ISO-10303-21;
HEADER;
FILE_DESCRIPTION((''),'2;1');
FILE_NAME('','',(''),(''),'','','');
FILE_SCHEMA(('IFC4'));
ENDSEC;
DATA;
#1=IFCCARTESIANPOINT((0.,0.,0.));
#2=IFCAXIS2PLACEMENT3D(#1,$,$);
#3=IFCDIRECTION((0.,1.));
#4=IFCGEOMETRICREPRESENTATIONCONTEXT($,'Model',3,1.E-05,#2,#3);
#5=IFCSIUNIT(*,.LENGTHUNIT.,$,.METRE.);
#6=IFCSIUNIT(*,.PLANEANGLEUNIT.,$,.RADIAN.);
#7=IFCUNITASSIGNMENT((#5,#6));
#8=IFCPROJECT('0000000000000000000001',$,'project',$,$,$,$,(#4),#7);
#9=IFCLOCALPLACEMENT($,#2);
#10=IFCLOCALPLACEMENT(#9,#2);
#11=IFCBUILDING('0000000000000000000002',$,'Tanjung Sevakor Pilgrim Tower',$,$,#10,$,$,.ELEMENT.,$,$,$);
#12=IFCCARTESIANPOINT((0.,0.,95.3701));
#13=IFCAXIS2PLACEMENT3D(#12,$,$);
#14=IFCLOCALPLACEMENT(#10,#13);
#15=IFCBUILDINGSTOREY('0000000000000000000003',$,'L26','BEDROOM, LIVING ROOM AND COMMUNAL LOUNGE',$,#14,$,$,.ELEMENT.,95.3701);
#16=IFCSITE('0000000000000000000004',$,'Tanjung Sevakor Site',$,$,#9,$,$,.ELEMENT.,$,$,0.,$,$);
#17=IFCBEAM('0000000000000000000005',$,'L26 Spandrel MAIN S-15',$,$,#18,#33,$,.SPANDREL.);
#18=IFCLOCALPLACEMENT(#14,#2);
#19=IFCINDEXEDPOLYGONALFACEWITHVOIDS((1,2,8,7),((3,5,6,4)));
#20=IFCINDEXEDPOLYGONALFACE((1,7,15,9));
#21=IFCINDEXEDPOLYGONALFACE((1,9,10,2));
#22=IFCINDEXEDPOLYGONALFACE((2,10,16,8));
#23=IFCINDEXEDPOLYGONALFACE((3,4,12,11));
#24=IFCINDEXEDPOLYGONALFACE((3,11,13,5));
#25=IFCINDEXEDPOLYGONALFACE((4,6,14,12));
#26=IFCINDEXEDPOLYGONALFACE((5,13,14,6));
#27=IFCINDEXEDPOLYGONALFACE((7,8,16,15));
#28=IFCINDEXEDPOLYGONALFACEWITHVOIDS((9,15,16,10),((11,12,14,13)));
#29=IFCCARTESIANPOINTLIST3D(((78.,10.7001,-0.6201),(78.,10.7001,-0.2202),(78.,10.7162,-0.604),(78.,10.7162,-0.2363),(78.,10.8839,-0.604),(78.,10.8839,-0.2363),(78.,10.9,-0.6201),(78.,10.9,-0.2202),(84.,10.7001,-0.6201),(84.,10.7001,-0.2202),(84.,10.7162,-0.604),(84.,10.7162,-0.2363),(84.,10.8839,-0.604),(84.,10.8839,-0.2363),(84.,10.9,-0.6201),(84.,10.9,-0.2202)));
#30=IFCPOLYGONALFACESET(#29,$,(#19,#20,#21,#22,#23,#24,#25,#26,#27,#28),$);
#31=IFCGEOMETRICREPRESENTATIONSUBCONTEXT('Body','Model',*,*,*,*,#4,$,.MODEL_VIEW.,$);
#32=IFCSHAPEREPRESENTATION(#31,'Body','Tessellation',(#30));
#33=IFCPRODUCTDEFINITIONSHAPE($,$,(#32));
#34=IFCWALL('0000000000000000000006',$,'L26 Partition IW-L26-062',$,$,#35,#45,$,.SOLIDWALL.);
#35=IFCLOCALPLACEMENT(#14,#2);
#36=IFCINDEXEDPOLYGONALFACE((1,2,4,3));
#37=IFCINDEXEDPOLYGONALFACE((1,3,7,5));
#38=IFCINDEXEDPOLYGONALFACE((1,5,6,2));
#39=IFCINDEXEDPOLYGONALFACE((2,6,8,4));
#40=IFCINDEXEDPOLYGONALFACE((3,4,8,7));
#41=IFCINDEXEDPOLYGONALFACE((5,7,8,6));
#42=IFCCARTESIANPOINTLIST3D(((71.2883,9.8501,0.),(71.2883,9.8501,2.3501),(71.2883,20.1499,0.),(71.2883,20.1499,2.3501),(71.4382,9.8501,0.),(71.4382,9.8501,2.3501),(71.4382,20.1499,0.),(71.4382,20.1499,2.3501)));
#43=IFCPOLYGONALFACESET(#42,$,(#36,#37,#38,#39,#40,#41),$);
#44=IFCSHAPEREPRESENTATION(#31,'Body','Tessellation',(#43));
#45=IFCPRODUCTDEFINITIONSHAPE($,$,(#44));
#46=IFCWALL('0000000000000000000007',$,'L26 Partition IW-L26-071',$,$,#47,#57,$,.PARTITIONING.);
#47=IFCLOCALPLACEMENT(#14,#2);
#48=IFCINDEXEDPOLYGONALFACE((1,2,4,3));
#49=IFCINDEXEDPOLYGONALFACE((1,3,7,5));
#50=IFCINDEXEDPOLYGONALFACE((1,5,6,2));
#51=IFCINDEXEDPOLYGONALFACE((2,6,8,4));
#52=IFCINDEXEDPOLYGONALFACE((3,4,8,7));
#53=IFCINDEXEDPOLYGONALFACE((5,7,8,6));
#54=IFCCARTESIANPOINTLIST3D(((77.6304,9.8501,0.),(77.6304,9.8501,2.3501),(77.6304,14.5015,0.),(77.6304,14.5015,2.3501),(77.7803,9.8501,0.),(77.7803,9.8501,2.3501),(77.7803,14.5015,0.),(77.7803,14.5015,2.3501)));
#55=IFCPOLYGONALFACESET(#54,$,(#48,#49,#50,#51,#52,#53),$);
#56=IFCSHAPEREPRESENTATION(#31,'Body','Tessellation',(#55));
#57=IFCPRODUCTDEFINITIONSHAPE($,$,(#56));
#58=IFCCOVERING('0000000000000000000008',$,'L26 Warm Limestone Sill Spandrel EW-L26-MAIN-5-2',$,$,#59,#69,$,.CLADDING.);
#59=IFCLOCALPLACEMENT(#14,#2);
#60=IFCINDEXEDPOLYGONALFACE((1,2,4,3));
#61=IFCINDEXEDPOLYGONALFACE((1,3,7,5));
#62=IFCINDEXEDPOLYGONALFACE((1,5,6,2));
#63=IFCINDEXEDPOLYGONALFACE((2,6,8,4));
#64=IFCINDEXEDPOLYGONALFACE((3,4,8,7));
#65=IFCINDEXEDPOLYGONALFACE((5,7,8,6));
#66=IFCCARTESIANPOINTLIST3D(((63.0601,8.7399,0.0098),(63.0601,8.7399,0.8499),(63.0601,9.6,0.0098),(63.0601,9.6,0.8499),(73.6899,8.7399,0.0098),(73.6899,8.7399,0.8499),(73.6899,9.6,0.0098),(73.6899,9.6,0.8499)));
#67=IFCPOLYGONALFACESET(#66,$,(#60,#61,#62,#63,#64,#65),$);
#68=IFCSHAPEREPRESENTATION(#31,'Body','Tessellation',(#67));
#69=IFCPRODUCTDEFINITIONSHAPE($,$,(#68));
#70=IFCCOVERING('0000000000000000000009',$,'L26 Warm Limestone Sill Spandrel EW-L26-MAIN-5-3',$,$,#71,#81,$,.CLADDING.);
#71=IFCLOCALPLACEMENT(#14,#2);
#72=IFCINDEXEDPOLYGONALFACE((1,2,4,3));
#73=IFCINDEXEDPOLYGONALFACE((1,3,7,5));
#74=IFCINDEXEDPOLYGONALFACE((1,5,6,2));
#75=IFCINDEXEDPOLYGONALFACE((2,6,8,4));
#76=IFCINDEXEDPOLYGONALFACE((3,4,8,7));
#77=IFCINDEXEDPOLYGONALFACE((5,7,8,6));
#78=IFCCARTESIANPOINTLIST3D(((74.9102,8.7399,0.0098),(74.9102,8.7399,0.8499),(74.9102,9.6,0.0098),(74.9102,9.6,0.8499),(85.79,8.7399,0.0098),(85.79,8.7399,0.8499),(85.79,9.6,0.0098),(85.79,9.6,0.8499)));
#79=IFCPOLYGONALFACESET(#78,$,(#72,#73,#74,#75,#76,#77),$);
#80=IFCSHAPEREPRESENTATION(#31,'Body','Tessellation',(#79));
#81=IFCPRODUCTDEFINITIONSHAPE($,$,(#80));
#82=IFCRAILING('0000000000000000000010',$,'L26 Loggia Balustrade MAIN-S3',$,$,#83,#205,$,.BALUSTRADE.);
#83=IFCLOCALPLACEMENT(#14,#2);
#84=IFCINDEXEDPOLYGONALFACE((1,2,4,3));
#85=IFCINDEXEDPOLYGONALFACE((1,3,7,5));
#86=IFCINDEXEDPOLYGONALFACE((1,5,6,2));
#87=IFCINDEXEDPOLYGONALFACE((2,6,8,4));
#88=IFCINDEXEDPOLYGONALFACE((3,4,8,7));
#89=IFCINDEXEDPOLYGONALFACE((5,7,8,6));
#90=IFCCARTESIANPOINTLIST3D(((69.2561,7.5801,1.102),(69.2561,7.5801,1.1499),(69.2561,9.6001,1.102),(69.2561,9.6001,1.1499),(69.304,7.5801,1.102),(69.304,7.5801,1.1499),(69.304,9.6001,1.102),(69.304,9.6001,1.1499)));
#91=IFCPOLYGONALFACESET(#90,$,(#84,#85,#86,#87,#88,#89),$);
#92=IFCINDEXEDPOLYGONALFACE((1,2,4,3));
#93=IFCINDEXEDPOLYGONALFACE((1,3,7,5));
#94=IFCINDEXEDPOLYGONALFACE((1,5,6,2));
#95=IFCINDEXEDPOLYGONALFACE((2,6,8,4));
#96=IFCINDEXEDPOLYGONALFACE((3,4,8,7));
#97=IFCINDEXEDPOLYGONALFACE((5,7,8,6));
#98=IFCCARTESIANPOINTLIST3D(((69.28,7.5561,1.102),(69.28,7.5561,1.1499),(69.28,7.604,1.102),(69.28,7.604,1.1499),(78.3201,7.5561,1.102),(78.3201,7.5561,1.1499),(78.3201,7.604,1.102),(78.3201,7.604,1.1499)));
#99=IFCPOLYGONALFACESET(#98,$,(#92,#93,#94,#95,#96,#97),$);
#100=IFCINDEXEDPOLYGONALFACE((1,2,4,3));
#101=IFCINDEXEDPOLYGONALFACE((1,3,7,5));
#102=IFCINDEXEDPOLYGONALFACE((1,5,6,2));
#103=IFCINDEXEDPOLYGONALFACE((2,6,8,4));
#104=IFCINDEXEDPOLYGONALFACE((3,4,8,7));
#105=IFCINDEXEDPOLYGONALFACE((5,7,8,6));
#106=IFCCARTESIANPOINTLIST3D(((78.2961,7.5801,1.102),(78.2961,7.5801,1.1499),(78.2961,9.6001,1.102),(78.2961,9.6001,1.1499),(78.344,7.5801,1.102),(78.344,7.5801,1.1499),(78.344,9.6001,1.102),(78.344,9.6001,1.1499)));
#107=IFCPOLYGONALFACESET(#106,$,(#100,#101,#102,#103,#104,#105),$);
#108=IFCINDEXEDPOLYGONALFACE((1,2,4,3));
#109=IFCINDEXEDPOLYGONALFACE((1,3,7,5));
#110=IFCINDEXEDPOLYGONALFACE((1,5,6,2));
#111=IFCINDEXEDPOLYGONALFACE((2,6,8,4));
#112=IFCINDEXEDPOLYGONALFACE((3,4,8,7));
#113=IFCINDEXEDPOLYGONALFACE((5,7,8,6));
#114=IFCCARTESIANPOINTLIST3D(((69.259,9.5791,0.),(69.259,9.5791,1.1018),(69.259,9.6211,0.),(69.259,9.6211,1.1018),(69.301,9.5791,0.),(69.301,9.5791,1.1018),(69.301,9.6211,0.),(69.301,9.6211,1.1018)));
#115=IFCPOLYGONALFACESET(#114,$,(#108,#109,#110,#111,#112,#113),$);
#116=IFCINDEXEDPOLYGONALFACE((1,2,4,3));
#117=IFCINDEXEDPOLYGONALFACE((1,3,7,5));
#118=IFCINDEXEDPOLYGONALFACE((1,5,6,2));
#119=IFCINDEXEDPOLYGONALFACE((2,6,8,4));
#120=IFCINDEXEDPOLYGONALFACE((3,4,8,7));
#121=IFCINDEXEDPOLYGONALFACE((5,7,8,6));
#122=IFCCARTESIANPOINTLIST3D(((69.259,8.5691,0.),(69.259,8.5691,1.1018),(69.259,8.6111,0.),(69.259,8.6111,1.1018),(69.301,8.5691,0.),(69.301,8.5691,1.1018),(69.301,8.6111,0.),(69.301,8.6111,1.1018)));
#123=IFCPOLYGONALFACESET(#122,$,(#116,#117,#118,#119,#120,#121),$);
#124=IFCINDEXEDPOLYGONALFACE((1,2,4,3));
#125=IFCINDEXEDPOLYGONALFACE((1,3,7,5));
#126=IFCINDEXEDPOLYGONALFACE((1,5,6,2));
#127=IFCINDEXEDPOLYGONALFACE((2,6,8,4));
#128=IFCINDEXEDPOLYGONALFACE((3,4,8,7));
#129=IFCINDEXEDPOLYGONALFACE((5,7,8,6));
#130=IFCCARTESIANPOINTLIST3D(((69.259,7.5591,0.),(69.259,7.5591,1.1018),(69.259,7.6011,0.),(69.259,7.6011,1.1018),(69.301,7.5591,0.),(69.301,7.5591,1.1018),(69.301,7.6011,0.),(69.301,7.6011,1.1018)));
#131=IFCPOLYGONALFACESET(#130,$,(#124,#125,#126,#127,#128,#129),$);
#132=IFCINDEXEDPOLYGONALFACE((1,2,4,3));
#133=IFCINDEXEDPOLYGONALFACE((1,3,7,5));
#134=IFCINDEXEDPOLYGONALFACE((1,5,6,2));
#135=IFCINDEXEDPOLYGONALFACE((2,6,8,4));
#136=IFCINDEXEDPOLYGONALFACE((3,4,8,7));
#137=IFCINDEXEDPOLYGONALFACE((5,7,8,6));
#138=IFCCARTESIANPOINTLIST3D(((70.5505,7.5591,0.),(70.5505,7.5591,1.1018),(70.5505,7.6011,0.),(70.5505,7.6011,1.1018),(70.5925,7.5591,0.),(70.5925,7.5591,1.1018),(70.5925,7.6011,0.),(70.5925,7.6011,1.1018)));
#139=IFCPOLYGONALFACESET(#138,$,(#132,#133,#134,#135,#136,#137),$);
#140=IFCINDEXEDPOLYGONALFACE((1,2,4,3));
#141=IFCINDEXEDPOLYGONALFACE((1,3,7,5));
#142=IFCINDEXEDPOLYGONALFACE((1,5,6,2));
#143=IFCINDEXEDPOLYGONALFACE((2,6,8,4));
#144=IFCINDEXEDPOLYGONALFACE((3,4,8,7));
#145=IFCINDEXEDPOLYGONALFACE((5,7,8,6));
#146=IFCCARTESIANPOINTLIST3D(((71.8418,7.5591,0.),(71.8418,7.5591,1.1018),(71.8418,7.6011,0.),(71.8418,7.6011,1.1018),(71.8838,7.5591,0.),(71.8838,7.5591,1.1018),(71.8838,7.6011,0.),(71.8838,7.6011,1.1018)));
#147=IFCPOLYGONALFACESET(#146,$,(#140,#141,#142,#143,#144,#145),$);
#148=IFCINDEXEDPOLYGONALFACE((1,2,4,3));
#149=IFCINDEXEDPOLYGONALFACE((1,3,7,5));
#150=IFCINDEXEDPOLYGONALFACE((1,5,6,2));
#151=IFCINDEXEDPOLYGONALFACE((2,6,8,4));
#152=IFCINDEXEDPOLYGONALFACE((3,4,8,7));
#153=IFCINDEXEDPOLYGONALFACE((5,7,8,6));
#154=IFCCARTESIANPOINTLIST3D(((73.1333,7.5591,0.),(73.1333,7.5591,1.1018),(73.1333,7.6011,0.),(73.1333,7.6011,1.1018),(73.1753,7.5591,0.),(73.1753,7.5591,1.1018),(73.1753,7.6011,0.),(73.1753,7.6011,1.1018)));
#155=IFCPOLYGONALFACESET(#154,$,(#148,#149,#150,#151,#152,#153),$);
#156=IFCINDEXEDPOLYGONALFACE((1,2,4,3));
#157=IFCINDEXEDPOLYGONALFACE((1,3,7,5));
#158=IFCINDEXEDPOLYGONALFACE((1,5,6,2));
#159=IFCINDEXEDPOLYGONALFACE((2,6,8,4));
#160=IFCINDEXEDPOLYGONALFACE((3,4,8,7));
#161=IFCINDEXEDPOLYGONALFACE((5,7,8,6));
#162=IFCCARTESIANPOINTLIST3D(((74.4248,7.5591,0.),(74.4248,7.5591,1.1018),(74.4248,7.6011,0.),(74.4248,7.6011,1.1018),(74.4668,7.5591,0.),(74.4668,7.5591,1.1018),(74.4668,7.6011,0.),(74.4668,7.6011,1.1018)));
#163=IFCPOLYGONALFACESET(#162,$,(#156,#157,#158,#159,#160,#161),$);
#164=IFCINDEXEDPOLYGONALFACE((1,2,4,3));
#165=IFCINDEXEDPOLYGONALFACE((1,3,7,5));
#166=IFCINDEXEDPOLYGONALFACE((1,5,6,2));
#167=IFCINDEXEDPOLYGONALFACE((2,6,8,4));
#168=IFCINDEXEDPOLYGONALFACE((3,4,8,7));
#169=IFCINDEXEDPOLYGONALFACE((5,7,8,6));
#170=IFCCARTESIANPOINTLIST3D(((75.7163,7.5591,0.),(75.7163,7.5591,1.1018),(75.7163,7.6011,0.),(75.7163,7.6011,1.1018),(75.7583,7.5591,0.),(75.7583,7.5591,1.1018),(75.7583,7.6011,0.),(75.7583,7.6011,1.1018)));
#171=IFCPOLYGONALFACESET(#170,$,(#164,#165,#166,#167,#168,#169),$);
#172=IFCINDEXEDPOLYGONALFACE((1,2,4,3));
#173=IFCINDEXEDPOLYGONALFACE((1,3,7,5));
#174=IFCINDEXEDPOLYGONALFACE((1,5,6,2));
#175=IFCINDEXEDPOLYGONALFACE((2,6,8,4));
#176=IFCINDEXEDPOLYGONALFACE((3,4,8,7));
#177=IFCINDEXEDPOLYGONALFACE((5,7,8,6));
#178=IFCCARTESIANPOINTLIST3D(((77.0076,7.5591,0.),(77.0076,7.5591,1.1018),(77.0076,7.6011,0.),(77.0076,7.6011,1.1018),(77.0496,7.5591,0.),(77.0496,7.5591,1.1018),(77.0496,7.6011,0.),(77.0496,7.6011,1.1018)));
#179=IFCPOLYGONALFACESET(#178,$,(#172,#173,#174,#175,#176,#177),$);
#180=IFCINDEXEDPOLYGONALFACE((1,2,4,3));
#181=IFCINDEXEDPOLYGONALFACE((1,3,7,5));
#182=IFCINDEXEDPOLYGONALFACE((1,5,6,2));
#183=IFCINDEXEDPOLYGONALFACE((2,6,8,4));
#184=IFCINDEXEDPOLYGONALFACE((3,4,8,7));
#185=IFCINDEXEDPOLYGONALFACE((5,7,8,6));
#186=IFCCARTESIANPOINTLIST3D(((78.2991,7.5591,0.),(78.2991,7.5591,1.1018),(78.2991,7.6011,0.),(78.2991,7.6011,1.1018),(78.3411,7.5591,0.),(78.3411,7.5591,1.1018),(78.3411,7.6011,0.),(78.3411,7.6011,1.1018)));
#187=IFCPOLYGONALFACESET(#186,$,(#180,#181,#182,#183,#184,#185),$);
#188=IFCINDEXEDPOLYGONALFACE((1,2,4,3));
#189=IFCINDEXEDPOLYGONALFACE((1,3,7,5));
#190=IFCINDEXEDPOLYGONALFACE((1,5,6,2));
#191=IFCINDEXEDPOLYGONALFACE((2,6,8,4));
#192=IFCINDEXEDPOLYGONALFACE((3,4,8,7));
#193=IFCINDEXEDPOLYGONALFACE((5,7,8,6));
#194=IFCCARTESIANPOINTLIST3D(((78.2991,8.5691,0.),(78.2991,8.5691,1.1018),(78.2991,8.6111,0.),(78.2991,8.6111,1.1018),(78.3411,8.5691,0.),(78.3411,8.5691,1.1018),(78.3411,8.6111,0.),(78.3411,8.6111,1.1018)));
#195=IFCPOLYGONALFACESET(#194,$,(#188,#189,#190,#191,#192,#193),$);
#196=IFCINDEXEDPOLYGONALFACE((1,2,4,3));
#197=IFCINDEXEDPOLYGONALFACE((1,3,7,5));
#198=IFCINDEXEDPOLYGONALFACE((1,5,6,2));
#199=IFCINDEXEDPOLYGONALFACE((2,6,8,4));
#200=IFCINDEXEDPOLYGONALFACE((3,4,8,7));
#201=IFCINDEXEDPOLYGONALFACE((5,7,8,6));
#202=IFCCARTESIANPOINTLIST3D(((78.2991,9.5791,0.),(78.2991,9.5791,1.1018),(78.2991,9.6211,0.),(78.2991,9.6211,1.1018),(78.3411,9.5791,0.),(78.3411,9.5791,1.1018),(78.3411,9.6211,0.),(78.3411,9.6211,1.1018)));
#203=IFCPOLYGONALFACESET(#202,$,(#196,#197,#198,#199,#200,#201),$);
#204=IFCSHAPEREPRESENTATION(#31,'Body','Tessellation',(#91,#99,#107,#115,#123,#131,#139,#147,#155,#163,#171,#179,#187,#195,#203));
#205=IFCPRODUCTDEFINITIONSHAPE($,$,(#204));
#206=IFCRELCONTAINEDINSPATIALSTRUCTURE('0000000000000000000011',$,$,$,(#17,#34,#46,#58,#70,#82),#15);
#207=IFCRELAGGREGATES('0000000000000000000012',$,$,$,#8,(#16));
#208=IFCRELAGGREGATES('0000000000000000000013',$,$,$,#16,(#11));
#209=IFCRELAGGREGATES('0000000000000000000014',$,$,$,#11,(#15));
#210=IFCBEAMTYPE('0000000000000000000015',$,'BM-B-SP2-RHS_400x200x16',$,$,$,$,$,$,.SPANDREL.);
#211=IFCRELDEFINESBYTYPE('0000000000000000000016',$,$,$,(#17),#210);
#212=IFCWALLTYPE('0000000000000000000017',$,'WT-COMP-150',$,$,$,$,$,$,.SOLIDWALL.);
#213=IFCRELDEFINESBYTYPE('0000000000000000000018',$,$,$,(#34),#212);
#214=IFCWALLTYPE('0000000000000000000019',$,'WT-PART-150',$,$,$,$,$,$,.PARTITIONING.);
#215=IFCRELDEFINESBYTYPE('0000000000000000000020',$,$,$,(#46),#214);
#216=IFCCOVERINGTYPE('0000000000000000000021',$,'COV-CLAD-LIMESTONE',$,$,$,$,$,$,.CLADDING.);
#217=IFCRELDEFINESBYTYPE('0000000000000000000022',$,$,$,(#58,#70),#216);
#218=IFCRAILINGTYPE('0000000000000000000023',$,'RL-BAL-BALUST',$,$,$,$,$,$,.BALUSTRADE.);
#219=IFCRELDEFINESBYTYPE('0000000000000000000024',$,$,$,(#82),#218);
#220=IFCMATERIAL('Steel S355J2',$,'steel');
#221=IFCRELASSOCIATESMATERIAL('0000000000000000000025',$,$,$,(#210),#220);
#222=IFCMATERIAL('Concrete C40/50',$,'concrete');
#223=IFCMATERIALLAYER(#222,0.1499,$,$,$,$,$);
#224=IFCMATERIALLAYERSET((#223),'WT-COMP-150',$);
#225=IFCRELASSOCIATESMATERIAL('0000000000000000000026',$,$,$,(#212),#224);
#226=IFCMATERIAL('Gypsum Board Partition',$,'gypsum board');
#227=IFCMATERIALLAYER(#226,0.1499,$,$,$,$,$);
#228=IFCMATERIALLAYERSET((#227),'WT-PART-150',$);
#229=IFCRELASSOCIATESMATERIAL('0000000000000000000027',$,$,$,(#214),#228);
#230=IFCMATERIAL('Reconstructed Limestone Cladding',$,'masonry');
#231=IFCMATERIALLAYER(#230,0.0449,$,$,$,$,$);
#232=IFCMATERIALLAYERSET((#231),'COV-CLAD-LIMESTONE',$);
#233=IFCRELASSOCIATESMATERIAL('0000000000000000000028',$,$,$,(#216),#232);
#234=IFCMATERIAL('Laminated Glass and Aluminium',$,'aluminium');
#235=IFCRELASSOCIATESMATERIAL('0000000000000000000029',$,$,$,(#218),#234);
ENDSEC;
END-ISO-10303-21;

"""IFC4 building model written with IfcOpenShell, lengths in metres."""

from ifc_helpers import new_model, si_unit, direction, frame, frame_2d, origin, origin_2d, place, context, subcontext, project, spatial, rectangle, hollow_rectangle, extrude, material, layer, layer_set, material_profile, profile_set, type_object, element, save


model = new_model("IFC4")

# Units and contexts
model_context = context("Model", 3, precision=1e-05, world=origin(), true_north=direction((0.0, 1.0)))
body_context = subcontext(model_context, "Body", "Model", "MODEL_VIEW")
ifc_project = project(units=[si_unit("LENGTHUNIT", "METRE"), si_unit("PLANEANGLEUNIT", "RADIAN")], contexts=[model_context])

# Site, building, storey
site_placement = place(None, origin())
site = spatial("IfcSite", under=ifc_project, at=site_placement, Name="Tanjung Sevakor Site", CompositionType="ELEMENT", RefElevation=0.0)
building_placement = place(site_placement, origin())
building = spatial("IfcBuilding", under=site, at=building_placement, Name="Tanjung Sevakor Pilgrim Tower", CompositionType="ELEMENT")
storey_placement = place(building_placement, frame((0.0, 0.0, 95.3701)))
storey = spatial("IfcBuildingStorey", under=building, at=storey_placement, Name="L26", Description="BEDROOM, LIVING ROOM AND COMMUNAL LOUNGE", CompositionType="ELEMENT", Elevation=95.3701)

# Beam
ifc_material_1 = material(Name="Steel S355J2", Category="steel")
ifc_material_profile_1 = material_profile(ifc_material_1, hollow_rectangle(XDim=0.2, YDim=0.3999, WallThickness=0.0161, at=origin_2d()))
ifc_profile_set_1 = profile_set([ifc_material_profile_1], Name="Steel S355J2")
beam_type_1 = type_object("IfcBeamType", Name="BM-B-SP2-RHS_400x200x16", PredefinedType="SPANDREL", material=ifc_profile_set_1)
for number, where, z_axis, x_axis, name in (
    (1, (78.0, 10.8, -0.4202), (1.0, 0.0, 0.0), (0.0, 1.0, 0.0), "L26 Spandrel MAIN S-15"),
):
    element("IfcBeam", number, at=place(storey_placement, frame(where, z_axis=z_axis, x_axis=x_axis)), inside=storey, type_object=beam_type_1, Name=name, PredefinedType="SPANDREL", context=body_context, shape_type="SweptSolid", body=[
        extrude(hollow_rectangle(XDim=0.2, YDim=0.3999, WallThickness=0.0161, at=origin_2d()), origin(), (0.0, 0.0, 1.0), 6.0),
    ])

# Walls
ifc_material_2 = material(Name="Concrete C40/50", Category="concrete")
ifc_layer_1 = layer(ifc_material_2, 0.1499)
ifc_layer_set_1 = layer_set([ifc_layer_1], Name="WT-COMP-150")
wall_type_1 = type_object("IfcWallType", Name="WT-COMP-150", PredefinedType="SOLIDWALL", material=ifc_layer_set_1)
wall_1_placement = place(storey_placement, frame((71.3633, 9.8501, 0.0), z_axis=(0.0, 0.0, 1.0), x_axis=(0.0, 1.0, 0.0)))
element("IfcWall", 2, at=wall_1_placement, inside=storey, type_object=wall_type_1, Name="L26 Partition IW-L26-062", PredefinedType="SOLIDWALL", context=body_context, shape_type="SweptSolid", body=[
    extrude(rectangle(XDim=10.2998, YDim=0.1499, at=frame_2d((5.1499, 0.0))), origin(), (0.0, 0.0, 1.0), 2.3501),
])
ifc_material_3 = material(Name="Gypsum Board Partition", Category="gypsum board")
ifc_layer_2 = layer(ifc_material_3, 0.1499)
ifc_layer_set_2 = layer_set([ifc_layer_2], Name="WT-PART-150")
wall_type_2 = type_object("IfcWallType", Name="WT-PART-150", PredefinedType="PARTITIONING", material=ifc_layer_set_2)
wall_2_placement = place(storey_placement, frame((77.7053, 9.8501, 0.0), z_axis=(0.0, 0.0, 1.0), x_axis=(0.0, 1.0, 0.0)))
element("IfcWall", 3, at=wall_2_placement, inside=storey, type_object=wall_type_2, Name="L26 Partition IW-L26-071", PredefinedType="PARTITIONING", context=body_context, shape_type="SweptSolid", body=[
    extrude(rectangle(XDim=4.6514, YDim=0.1499, at=frame_2d((2.3257, 0.0))), origin(), (0.0, 0.0, 1.0), 2.3501),
])

# Coverings
ifc_material_4 = material(Name="Reconstructed Limestone Cladding", Category="masonry")
ifc_layer_3 = layer(ifc_material_4, 0.0449)
ifc_layer_set_3 = layer_set([ifc_layer_3], Name="COV-CLAD-LIMESTONE")
covering_type = type_object("IfcCoveringType", Name="COV-CLAD-LIMESTONE", PredefinedType="CLADDING", material=ifc_layer_set_3)
covering_1_placement = place(storey_placement, frame((68.375, 9.1699, 0.0098), z_axis=(0.0, 0.0, 1.0), x_axis=(1.0, 0.0, 0.0)))
element("IfcCovering", 4, at=covering_1_placement, inside=storey, type_object=covering_type, Name="L26 Warm Limestone Sill Spandrel EW-L26-MAIN-5-2", PredefinedType="CLADDING", context=body_context, shape_type="SweptSolid", body=[
    extrude(rectangle(XDim=10.6299, YDim=0.8601, at=origin_2d()), origin(), (0.0, 0.0, 1.0), 0.8401),
])
covering_2_placement = place(storey_placement, frame((80.3501, 9.1699, 0.0098), z_axis=(0.0, 0.0, 1.0), x_axis=(1.0, 0.0, 0.0)))
element("IfcCovering", 5, at=covering_2_placement, inside=storey, type_object=covering_type, Name="L26 Warm Limestone Sill Spandrel EW-L26-MAIN-5-3", PredefinedType="CLADDING", context=body_context, shape_type="SweptSolid", body=[
    extrude(rectangle(XDim=10.8799, YDim=0.8601, at=origin_2d()), origin(), (0.0, 0.0, 1.0), 0.8401),
])

# Railing
ifc_material_5 = material(Name="Laminated Glass and Aluminium", Category="aluminium")
railing_type_1 = type_object("IfcRailingType", Name="RL-BAL-BALUST", PredefinedType="BALUSTRADE", material=ifc_material_5)
railing_1_placement = place(storey_placement, frame((69.28, 9.6001, 0.0)))
element("IfcRailing", 6, at=railing_1_placement, inside=storey, type_object=railing_type_1, Name="L26 Loggia Balustrade MAIN-S3", PredefinedType="BALUSTRADE", context=body_context, shape_type="SweptSolid", body=[
    extrude(rectangle(XDim=0.0479, YDim=0.0479), frame((0.0, 0.0, 1.126), z_axis=(0.0, -1.0, 0.0), x_axis=(1.0, 0.0, 0.0)), (0.0, 0.0, 1.0), 2.02),
    extrude(rectangle(XDim=0.0479, YDim=0.0479), frame((0.0, -2.02, 1.126), z_axis=(1.0, 0.0, 0.0), x_axis=(0.0, 1.0, 0.0)), (0.0, 0.0, 1.0), 9.04),
    extrude(rectangle(XDim=0.0479, YDim=0.0479), frame((9.04, -2.02, 1.126), z_axis=(0.0, 1.0, 0.0), x_axis=(-1.0, 0.0, 0.0)), (0.0, 0.0, 1.0), 2.02),
    extrude(rectangle(XDim=0.042, YDim=0.042), origin(), (0.0, 0.0, 1.0), 1.1018),
    extrude(rectangle(XDim=0.042, YDim=0.042), frame((0.0, -1.01, 0.0)), (0.0, 0.0, 1.0), 1.1018),
    extrude(rectangle(XDim=0.042, YDim=0.042), frame((0.0, -2.02, 0.0)), (0.0, 0.0, 1.0), 1.1018),
    extrude(rectangle(XDim=0.042, YDim=0.042), frame((1.2915, -2.02, 0.0)), (0.0, 0.0, 1.0), 1.1018),
    extrude(rectangle(XDim=0.042, YDim=0.042), frame((2.5828, -2.02, 0.0)), (0.0, 0.0, 1.0), 1.1018),
    extrude(rectangle(XDim=0.042, YDim=0.042), frame((3.8743, -2.02, 0.0)), (0.0, 0.0, 1.0), 1.1018),
    extrude(rectangle(XDim=0.042, YDim=0.042), frame((5.1658, -2.02, 0.0)), (0.0, 0.0, 1.0), 1.1018),
    extrude(rectangle(XDim=0.042, YDim=0.042), frame((6.4573, -2.02, 0.0)), (0.0, 0.0, 1.0), 1.1018),
    extrude(rectangle(XDim=0.042, YDim=0.042), frame((7.7485, -2.02, 0.0)), (0.0, 0.0, 1.0), 1.1018),
    extrude(rectangle(XDim=0.042, YDim=0.042), frame((9.04, -2.02, 0.0)), (0.0, 0.0, 1.0), 1.1018),
    extrude(rectangle(XDim=0.042, YDim=0.042), frame((9.04, -1.01, 0.0)), (0.0, 0.0, 1.0), 1.1018),
    extrude(rectangle(XDim=0.042, YDim=0.042), frame((9.04, 0.0, 0.0)), (0.0, 0.0, 1.0), 1.1018),
])

save(model, "model.ifc")
